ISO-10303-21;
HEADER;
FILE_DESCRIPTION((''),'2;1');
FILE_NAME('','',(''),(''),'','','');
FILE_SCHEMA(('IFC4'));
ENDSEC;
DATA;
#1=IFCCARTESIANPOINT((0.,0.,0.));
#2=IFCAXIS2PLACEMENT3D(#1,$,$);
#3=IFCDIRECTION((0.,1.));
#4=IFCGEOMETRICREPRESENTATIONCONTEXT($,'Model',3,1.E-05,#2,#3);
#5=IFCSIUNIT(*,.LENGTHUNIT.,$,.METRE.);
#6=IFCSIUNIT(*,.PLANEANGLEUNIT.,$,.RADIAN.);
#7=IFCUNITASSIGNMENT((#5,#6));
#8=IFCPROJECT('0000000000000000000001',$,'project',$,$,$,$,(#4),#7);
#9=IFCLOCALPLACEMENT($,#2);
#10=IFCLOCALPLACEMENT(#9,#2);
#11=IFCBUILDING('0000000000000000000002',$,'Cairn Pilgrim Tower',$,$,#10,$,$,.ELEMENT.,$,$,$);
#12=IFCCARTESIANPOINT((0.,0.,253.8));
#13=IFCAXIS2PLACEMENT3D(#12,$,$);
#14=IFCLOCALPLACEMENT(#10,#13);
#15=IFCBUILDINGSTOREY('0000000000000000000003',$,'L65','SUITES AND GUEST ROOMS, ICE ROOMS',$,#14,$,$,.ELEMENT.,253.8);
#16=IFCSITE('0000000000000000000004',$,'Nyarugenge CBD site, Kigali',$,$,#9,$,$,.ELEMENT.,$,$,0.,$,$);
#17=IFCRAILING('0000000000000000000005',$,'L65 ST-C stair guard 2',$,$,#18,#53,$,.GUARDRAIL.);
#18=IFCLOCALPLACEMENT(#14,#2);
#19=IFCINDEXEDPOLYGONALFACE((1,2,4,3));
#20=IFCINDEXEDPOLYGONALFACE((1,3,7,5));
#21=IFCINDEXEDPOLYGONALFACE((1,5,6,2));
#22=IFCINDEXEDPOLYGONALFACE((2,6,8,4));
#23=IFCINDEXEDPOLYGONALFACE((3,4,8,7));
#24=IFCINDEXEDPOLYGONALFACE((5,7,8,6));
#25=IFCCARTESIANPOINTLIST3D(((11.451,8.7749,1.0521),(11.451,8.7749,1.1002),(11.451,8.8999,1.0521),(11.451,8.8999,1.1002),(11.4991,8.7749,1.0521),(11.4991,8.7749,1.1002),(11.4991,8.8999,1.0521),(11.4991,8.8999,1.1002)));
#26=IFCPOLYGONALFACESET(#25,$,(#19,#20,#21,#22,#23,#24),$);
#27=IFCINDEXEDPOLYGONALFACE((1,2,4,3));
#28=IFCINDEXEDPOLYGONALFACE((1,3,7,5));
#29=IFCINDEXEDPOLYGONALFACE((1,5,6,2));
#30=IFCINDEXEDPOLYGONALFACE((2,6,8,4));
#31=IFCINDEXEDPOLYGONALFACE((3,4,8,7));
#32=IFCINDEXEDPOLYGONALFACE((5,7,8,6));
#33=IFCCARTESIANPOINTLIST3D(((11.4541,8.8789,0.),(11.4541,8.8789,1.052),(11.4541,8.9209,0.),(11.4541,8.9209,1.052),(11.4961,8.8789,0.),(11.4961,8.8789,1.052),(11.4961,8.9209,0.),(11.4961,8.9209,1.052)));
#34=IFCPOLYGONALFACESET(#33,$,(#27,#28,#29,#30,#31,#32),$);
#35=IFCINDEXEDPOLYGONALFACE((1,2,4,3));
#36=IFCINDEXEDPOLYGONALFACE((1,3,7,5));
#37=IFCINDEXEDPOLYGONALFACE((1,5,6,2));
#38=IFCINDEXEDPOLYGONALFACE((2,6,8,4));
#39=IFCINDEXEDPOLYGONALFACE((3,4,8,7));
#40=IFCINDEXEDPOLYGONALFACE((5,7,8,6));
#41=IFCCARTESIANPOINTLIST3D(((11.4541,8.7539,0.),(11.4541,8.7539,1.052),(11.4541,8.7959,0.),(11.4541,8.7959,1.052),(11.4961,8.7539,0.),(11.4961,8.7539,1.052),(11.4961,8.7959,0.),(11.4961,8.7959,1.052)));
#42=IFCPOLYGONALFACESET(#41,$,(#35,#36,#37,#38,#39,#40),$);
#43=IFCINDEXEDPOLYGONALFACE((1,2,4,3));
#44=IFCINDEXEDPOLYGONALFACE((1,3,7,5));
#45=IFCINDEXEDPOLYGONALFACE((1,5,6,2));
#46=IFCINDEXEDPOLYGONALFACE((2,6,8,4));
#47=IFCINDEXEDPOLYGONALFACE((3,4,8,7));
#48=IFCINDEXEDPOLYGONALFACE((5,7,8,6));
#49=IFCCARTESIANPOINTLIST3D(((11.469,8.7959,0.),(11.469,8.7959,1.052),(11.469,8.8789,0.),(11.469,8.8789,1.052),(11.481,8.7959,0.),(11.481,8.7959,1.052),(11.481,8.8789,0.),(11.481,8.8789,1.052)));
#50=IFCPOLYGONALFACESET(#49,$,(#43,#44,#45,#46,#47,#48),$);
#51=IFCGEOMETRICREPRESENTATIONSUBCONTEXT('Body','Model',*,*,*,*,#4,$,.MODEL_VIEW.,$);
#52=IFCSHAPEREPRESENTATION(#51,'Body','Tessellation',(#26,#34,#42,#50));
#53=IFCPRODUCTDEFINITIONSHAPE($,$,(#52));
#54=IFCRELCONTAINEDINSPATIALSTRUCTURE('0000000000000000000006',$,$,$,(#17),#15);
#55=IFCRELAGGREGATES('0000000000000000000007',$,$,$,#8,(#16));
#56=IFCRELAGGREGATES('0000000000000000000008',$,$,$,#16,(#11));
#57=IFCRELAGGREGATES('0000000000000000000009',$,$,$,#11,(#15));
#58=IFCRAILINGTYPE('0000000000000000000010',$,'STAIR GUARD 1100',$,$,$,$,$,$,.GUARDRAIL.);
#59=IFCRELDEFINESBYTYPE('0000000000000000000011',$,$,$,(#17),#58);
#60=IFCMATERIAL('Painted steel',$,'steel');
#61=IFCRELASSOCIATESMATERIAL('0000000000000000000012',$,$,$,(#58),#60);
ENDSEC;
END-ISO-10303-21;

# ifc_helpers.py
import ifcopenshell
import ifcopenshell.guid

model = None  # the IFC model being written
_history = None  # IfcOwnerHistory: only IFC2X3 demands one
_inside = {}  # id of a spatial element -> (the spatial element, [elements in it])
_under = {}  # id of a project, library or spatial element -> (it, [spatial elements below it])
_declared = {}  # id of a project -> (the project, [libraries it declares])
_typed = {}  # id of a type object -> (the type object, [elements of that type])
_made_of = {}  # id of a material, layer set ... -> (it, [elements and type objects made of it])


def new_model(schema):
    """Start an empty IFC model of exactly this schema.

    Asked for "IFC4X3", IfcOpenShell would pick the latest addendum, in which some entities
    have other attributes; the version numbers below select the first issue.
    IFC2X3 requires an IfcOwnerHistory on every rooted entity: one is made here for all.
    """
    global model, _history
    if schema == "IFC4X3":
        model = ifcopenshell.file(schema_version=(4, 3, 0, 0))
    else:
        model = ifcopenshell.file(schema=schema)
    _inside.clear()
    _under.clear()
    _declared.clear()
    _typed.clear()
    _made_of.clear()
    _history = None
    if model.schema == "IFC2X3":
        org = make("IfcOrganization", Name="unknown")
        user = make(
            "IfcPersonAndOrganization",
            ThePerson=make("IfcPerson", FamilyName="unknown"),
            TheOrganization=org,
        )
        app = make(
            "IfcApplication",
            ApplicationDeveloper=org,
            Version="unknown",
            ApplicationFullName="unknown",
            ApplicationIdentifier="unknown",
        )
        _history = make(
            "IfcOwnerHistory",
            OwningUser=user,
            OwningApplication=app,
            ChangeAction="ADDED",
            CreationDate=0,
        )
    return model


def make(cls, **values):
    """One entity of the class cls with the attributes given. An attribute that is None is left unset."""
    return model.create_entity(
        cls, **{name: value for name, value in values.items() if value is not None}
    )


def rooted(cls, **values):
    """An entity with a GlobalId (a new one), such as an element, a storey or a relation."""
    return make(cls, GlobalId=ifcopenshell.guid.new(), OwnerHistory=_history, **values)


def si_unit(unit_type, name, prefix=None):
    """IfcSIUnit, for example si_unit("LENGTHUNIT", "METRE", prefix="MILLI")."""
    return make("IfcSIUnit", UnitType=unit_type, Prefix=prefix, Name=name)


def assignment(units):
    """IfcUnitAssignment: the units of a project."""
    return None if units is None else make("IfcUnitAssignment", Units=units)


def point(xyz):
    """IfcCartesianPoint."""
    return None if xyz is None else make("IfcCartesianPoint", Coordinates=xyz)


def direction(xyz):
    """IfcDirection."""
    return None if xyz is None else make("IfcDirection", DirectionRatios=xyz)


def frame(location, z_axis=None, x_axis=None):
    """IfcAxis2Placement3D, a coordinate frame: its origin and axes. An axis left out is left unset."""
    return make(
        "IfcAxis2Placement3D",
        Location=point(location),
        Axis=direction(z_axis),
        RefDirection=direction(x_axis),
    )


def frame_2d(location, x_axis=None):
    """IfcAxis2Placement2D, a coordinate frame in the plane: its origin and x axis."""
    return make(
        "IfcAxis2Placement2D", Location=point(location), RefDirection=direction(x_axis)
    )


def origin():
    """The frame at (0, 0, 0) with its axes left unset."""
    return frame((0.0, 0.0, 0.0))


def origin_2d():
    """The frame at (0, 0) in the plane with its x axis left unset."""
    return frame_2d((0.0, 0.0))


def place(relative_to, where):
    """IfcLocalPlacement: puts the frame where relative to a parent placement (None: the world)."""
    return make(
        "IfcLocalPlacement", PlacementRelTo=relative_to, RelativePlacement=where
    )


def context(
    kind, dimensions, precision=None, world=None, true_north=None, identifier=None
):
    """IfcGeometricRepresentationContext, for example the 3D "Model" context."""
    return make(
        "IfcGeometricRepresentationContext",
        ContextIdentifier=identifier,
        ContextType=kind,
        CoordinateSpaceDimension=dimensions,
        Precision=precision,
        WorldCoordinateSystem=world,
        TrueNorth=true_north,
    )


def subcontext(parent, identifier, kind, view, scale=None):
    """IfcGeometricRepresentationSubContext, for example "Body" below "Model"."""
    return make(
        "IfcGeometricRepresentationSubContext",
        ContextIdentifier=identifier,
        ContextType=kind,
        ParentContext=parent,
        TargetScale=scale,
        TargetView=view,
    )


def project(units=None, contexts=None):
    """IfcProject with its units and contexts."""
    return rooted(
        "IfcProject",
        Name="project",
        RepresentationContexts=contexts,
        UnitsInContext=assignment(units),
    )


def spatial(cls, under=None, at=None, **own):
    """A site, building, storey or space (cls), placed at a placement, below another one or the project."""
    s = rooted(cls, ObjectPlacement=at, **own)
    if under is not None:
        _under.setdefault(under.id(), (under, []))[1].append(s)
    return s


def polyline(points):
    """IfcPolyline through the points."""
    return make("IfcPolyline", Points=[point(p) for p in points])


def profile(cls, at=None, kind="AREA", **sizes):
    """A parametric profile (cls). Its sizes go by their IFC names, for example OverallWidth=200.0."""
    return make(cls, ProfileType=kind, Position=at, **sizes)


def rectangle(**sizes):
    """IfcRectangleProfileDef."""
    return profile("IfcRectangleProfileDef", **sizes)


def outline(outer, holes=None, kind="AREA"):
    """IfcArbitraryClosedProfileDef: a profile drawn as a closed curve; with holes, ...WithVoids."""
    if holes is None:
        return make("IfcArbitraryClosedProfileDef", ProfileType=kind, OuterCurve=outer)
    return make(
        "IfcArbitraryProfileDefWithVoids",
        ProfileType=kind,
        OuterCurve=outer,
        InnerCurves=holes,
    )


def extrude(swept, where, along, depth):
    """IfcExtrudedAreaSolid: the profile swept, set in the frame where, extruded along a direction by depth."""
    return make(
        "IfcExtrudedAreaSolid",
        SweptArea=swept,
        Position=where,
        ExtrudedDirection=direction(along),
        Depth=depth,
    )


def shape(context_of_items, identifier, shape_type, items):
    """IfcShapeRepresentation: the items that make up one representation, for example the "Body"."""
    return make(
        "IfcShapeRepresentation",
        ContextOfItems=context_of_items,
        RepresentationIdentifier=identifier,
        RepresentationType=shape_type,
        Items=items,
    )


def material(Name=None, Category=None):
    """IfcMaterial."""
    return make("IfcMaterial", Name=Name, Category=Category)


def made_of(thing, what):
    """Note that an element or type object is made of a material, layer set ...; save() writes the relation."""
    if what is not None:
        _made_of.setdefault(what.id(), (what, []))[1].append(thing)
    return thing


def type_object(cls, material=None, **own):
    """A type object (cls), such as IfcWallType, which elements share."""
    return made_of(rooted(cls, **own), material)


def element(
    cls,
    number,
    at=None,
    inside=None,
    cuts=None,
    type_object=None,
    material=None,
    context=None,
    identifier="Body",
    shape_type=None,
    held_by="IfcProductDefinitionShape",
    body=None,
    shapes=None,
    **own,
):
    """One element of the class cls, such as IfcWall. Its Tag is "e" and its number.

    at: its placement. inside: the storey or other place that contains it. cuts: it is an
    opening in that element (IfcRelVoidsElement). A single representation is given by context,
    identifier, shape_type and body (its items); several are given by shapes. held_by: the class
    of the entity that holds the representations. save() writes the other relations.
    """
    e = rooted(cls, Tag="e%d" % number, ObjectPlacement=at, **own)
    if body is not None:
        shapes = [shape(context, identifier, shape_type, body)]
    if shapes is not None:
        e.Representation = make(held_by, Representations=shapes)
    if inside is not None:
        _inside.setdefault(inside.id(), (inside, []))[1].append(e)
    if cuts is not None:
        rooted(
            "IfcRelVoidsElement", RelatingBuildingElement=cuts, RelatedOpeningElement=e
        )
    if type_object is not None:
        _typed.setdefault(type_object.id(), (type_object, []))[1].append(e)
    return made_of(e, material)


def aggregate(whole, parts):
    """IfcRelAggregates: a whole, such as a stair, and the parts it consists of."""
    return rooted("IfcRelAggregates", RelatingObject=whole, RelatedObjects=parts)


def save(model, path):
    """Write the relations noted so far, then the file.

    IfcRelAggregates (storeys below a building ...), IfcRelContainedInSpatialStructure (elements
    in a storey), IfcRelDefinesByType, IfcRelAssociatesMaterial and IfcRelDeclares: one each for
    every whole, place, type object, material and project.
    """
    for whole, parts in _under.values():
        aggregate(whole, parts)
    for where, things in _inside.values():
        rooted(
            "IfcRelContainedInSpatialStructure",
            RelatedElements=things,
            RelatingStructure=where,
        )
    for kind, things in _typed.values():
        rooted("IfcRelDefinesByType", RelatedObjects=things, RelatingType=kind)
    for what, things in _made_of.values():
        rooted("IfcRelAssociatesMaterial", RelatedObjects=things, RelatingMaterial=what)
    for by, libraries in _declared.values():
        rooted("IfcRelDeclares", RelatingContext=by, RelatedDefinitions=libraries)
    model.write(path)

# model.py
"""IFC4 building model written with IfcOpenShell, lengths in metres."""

from ifc_helpers import new_model, si_unit, direction, frame, origin, origin_2d, place, context, subcontext, project, spatial, polyline, rectangle, outline, extrude, material, type_object, element, save


model = new_model("IFC4")

# Units and contexts
model_context = context("Model", 3, precision=1e-05, world=origin(), true_north=direction((0.0, 1.0)))
body_context = subcontext(model_context, "Body", "Model", "MODEL_VIEW")
ifc_project = project(units=[si_unit("LENGTHUNIT", "METRE"), si_unit("PLANEANGLEUNIT", "RADIAN")], contexts=[model_context])

# Site, building, storey
site_placement = place(None, origin())
site = spatial("IfcSite", under=ifc_project, at=site_placement, Name="Nyarugenge CBD site, Kigali", CompositionType="ELEMENT", RefElevation=0.0)
building_placement = place(site_placement, origin())
building = spatial("IfcBuilding", under=site, at=building_placement, Name="Cairn Pilgrim Tower", CompositionType="ELEMENT")
storey_placement = place(building_placement, frame((0.0, 0.0, 253.8)))
storey = spatial("IfcBuildingStorey", under=building, at=storey_placement, Name="L65", Description="SUITES AND GUEST ROOMS, ICE ROOMS", CompositionType="ELEMENT", Elevation=253.8)

# Shared definitions
ifc_material_1 = material(Name="Painted steel", Category="steel")

# Railing
railing_type = type_object("IfcRailingType", Name="STAIR GUARD 1100", PredefinedType="GUARDRAIL", material=ifc_material_1)
railing_placement = place(storey_placement, frame((11.4751, 8.8999, 0.0)))
element("IfcRailing", 1, at=railing_placement, inside=storey, type_object=railing_type, Name="L65 ST-C stair guard 2", PredefinedType="GUARDRAIL", context=body_context, shape_type="SweptSolid", body=[
    extrude(rectangle(XDim=0.0481, YDim=0.0481, at=origin_2d()), frame((0.0, 0.0, 1.0762), z_axis=(0.0, -1.0, 0.0), x_axis=(1.0, 0.0, 0.0)), (0.0, 0.0, 1.0), 0.125),
    extrude(rectangle(XDim=0.042, YDim=0.042, at=origin_2d()), origin(), (0.0, 0.0, 1.0), 1.052),
    extrude(rectangle(XDim=0.042, YDim=0.042, at=origin_2d()), frame((0.0, -0.125, 0.0)), (0.0, 0.0, 1.0), 1.052),
    extrude(outline(polyline([(0.021, 0.0), (0.104, 0.0), (0.104, 1.052), (0.021, 1.052), (0.021, 0.0)])), frame((0.0059, 0.0, 0.0), z_axis=(-1.0, 0.0, 0.0), x_axis=(0.0, -1.0, 0.0)), (0.0, 0.0, 1.0), 0.012),
])

save(model, "model.ifc")
